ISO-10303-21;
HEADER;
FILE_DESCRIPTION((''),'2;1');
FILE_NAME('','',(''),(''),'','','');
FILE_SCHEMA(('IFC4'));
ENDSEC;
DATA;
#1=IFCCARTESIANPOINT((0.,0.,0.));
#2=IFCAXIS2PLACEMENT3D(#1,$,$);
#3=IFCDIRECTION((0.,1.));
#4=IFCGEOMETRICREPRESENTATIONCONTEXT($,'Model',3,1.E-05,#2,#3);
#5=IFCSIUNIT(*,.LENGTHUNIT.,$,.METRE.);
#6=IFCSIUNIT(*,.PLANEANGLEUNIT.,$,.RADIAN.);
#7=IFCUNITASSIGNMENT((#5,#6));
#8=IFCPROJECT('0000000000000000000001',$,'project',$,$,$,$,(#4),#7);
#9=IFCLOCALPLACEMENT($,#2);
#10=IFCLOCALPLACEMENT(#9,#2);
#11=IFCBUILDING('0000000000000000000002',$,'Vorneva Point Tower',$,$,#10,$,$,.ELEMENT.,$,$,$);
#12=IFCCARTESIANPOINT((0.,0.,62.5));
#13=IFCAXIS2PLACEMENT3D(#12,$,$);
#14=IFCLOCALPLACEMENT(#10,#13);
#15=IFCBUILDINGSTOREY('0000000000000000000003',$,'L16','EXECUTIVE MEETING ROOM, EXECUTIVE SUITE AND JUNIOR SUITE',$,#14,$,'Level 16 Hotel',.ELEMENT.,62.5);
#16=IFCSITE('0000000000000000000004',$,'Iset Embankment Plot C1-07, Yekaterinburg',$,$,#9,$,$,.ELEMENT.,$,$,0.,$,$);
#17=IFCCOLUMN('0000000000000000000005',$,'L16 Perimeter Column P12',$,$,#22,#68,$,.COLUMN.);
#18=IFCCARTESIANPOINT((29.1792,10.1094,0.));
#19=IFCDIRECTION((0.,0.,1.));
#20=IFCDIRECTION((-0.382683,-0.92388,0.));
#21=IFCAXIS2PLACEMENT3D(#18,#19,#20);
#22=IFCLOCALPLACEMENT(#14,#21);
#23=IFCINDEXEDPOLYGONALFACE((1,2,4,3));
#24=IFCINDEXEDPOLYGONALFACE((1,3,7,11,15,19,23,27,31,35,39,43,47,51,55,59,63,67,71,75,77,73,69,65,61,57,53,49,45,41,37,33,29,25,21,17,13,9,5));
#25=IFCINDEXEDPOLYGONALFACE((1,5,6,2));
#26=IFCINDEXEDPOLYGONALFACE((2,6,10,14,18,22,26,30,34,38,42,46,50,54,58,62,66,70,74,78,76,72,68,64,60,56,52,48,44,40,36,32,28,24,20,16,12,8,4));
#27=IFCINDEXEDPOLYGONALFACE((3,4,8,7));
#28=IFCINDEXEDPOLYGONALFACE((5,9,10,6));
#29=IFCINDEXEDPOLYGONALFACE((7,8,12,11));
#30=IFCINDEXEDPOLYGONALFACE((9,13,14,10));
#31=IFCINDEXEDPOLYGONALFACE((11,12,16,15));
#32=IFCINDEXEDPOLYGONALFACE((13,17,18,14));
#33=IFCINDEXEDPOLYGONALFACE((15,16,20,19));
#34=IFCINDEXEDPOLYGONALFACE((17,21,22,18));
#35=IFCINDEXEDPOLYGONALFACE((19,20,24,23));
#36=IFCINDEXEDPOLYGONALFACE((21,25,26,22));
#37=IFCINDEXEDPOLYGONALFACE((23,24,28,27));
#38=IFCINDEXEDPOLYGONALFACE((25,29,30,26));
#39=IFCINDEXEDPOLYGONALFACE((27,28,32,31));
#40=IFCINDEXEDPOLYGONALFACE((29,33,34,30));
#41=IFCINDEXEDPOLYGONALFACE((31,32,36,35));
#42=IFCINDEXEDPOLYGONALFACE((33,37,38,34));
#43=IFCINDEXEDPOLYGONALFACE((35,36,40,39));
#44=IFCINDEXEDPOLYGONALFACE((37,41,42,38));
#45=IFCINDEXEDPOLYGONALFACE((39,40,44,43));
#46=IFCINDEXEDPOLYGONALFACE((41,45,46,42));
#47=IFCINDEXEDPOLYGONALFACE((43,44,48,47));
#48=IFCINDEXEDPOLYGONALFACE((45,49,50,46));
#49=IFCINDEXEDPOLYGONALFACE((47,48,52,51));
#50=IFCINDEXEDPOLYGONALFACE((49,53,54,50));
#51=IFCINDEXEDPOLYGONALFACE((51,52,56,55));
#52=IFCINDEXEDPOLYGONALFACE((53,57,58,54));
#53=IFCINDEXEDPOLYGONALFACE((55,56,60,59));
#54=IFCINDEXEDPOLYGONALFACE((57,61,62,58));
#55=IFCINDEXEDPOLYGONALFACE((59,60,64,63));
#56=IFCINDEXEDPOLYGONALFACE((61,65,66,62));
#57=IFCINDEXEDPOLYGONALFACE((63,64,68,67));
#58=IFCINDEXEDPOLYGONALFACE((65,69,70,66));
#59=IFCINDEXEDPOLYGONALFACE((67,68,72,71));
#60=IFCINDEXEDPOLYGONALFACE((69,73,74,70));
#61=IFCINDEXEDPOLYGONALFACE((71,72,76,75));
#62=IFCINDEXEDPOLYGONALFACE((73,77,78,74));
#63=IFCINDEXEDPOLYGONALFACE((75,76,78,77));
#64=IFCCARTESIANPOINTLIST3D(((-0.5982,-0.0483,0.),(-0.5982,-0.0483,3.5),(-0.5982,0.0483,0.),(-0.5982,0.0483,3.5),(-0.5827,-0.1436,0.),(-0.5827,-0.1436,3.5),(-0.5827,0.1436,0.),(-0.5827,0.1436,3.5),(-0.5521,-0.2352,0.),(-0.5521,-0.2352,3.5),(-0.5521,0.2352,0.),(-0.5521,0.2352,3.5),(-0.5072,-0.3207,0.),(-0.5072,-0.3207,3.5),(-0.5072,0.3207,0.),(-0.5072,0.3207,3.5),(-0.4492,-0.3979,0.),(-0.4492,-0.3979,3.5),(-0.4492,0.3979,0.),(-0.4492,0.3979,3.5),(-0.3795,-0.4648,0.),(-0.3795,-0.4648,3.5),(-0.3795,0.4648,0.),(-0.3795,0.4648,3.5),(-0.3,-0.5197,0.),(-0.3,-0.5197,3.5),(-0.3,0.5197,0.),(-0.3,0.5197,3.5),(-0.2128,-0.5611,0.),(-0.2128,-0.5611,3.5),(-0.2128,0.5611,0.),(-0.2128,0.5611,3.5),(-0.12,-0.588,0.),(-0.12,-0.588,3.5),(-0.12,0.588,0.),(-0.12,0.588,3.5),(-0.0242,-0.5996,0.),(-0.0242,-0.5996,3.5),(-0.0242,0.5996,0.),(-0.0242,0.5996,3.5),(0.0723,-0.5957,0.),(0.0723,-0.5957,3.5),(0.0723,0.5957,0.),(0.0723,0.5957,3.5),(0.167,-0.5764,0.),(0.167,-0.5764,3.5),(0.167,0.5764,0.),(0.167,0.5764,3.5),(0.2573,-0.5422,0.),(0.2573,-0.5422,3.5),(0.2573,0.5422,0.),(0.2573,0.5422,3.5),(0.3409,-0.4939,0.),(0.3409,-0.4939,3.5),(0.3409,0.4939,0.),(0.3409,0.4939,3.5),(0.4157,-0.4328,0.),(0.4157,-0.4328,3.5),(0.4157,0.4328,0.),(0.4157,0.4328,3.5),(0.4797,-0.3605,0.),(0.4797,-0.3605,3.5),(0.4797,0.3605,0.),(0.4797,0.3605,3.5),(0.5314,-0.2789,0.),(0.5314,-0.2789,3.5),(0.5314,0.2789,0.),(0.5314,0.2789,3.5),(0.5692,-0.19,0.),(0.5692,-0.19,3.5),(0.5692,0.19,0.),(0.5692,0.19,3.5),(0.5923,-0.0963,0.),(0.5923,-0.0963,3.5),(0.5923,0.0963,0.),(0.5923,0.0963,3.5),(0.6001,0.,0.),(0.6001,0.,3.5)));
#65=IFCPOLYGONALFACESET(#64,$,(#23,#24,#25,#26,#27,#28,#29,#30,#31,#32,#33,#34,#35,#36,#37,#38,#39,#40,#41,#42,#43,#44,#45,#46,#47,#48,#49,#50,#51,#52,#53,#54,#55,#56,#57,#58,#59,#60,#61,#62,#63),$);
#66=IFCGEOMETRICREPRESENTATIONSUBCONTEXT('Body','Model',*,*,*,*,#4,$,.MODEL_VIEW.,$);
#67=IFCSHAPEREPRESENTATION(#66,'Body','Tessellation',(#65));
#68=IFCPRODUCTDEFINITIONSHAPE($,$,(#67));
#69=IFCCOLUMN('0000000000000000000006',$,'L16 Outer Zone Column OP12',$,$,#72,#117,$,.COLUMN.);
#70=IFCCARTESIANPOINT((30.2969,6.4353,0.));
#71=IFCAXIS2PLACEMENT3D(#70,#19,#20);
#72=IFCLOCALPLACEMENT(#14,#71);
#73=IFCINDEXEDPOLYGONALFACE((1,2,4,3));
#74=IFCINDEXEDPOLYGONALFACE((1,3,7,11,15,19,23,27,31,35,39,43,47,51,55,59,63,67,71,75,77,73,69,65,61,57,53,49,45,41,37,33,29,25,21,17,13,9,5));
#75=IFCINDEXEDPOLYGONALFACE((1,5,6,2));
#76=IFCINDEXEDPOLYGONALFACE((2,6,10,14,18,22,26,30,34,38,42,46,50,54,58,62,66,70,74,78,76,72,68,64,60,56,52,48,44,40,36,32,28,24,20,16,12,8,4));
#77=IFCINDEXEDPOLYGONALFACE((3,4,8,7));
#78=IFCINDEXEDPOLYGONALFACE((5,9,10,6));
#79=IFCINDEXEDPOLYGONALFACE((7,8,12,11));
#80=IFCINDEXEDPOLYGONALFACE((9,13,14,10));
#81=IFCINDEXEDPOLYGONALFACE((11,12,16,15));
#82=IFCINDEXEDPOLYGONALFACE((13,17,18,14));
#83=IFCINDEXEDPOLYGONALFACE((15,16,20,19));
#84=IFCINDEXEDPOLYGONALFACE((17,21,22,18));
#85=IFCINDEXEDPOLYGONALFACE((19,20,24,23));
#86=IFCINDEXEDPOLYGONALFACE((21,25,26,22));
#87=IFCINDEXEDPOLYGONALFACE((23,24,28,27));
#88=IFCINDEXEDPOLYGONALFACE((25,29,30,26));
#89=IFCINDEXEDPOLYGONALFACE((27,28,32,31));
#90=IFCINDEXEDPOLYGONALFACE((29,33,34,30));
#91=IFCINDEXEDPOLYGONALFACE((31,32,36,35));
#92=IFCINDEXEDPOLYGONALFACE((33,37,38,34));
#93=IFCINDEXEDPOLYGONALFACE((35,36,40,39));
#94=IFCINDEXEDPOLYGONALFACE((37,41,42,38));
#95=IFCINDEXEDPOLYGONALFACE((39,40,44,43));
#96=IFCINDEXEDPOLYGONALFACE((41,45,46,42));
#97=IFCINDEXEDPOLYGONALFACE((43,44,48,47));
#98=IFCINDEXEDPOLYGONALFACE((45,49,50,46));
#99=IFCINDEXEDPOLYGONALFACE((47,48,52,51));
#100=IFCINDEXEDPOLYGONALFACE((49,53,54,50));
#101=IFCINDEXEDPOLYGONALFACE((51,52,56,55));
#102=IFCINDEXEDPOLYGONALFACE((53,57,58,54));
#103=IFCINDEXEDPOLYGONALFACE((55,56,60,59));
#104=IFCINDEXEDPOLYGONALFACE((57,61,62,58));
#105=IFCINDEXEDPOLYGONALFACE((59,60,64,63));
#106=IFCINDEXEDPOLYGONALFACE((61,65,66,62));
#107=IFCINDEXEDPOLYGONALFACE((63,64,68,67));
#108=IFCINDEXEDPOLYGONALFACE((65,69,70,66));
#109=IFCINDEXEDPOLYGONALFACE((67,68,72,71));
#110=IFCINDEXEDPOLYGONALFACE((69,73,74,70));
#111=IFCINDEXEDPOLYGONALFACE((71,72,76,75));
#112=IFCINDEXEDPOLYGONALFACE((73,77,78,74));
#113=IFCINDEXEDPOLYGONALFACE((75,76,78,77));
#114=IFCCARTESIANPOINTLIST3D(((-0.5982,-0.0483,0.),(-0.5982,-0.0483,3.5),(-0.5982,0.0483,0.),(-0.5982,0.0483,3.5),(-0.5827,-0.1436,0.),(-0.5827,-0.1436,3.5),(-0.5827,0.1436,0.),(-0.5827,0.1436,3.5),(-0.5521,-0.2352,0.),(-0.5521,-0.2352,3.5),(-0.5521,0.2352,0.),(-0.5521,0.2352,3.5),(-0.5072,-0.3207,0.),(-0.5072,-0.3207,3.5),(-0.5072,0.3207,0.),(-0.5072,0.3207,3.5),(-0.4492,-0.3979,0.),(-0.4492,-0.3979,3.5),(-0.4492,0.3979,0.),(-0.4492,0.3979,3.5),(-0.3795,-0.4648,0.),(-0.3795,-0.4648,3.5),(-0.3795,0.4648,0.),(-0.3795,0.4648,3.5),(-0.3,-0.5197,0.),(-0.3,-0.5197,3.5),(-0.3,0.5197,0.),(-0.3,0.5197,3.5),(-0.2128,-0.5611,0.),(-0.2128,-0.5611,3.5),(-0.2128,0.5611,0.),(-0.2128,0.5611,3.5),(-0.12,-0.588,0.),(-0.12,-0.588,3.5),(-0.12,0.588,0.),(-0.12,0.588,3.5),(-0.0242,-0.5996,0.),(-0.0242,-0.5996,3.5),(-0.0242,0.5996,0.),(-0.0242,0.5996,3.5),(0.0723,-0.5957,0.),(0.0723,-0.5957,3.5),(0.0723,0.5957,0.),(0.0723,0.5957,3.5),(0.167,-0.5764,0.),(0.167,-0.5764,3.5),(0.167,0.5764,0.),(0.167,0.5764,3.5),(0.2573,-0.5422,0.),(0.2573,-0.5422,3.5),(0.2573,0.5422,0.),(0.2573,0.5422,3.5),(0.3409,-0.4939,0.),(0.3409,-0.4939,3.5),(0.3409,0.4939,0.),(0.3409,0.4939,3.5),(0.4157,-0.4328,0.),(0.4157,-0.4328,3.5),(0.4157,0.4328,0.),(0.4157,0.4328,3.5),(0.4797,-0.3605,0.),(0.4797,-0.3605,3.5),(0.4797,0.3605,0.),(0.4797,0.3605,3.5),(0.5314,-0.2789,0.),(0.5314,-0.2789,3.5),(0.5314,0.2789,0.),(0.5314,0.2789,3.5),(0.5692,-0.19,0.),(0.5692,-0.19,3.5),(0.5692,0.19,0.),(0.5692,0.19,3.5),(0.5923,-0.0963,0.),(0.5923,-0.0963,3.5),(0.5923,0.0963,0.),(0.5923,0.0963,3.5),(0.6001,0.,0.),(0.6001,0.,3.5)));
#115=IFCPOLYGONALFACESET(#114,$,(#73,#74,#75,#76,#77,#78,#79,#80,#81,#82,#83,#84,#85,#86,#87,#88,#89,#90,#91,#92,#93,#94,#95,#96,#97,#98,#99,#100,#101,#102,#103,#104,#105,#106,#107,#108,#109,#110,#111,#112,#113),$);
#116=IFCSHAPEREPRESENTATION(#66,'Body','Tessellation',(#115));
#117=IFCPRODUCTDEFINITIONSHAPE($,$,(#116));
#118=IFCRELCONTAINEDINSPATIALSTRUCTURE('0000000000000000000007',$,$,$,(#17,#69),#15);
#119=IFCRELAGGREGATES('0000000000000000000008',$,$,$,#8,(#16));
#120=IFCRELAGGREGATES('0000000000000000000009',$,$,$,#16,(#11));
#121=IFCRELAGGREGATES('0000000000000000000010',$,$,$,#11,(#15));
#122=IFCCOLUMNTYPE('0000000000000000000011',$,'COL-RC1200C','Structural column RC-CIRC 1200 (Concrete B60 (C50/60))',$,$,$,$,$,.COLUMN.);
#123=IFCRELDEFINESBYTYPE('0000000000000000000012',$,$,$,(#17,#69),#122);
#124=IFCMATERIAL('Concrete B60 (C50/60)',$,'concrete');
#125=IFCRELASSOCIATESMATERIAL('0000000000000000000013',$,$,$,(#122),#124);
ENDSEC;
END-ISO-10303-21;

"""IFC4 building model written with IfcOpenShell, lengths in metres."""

from ifc_helpers import new_model, si_unit, direction, frame, origin, origin_2d, place, context, subcontext, project, spatial, circle, extrude, material, material_profile, profile_set, type_object, element, save


model = new_model("IFC4")

# Units and contexts
model_context = context("Model", 3, precision=1e-05, world=origin(), true_north=direction((0.0, 1.0)))
body_context = subcontext(model_context, "Body", "Model", "MODEL_VIEW")
ifc_project = project(units=[si_unit("LENGTHUNIT", "METRE"), si_unit("PLANEANGLEUNIT", "RADIAN")], contexts=[model_context])

# Site, building, storey
site_placement = place(None, origin())
site = spatial("IfcSite", under=ifc_project, at=site_placement, Name="Iset Embankment Plot C1-07, Yekaterinburg", CompositionType="ELEMENT", RefElevation=0.0)
building_placement = place(site_placement, origin())
building = spatial("IfcBuilding", under=site, at=building_placement, Name="Vorneva Point Tower", CompositionType="ELEMENT")
storey_placement = place(building_placement, frame((0.0, 0.0, 62.5)))
storey = spatial("IfcBuildingStorey", under=building, at=storey_placement, Name="L16", Description="EXECUTIVE MEETING ROOM, EXECUTIVE SUITE AND JUNIOR SUITE", LongName="Level 16 Hotel", CompositionType="ELEMENT", Elevation=62.5)

# Columns
ifc_material_1 = material(Name="Concrete B60 (C50/60)", Category="concrete")
ifc_material_profile_1 = material_profile(ifc_material_1, circle(Radius=0.6001, at=origin_2d()), Name="RC-CIRC 1200")
ifc_profile_set_1 = profile_set([ifc_material_profile_1], Name="Concrete B60 (C50/60)")
column_type = type_object("IfcColumnType", Name="COL-RC1200C", Description="Structural column RC-CIRC 1200 (Concrete B60 (C50/60))", PredefinedType="COLUMN", material=ifc_profile_set_1)
for number, where, z_axis, x_axis, name in (
    (1, (29.1792, 10.1094, 0.0), (0.0, 0.0, 1.0), (-0.382683, -0.92388, 0.0), "L16 Perimeter Column P12"),
    (2, (30.2969, 6.4353, 0.0), (0.0, 0.0, 1.0), (-0.382683, -0.92388, 0.0), "L16 Outer Zone Column OP12"),
):
    element("IfcColumn", number, at=place(storey_placement, frame(where, z_axis=z_axis, x_axis=x_axis)), inside=storey, type_object=column_type, Name=name, PredefinedType="COLUMN", context=body_context, shape_type="SweptSolid", body=[
        extrude(circle(Radius=0.6001, at=origin_2d()), origin(), (0.0, 0.0, 1.0), 3.5),
    ])

save(model, "model.ifc")
